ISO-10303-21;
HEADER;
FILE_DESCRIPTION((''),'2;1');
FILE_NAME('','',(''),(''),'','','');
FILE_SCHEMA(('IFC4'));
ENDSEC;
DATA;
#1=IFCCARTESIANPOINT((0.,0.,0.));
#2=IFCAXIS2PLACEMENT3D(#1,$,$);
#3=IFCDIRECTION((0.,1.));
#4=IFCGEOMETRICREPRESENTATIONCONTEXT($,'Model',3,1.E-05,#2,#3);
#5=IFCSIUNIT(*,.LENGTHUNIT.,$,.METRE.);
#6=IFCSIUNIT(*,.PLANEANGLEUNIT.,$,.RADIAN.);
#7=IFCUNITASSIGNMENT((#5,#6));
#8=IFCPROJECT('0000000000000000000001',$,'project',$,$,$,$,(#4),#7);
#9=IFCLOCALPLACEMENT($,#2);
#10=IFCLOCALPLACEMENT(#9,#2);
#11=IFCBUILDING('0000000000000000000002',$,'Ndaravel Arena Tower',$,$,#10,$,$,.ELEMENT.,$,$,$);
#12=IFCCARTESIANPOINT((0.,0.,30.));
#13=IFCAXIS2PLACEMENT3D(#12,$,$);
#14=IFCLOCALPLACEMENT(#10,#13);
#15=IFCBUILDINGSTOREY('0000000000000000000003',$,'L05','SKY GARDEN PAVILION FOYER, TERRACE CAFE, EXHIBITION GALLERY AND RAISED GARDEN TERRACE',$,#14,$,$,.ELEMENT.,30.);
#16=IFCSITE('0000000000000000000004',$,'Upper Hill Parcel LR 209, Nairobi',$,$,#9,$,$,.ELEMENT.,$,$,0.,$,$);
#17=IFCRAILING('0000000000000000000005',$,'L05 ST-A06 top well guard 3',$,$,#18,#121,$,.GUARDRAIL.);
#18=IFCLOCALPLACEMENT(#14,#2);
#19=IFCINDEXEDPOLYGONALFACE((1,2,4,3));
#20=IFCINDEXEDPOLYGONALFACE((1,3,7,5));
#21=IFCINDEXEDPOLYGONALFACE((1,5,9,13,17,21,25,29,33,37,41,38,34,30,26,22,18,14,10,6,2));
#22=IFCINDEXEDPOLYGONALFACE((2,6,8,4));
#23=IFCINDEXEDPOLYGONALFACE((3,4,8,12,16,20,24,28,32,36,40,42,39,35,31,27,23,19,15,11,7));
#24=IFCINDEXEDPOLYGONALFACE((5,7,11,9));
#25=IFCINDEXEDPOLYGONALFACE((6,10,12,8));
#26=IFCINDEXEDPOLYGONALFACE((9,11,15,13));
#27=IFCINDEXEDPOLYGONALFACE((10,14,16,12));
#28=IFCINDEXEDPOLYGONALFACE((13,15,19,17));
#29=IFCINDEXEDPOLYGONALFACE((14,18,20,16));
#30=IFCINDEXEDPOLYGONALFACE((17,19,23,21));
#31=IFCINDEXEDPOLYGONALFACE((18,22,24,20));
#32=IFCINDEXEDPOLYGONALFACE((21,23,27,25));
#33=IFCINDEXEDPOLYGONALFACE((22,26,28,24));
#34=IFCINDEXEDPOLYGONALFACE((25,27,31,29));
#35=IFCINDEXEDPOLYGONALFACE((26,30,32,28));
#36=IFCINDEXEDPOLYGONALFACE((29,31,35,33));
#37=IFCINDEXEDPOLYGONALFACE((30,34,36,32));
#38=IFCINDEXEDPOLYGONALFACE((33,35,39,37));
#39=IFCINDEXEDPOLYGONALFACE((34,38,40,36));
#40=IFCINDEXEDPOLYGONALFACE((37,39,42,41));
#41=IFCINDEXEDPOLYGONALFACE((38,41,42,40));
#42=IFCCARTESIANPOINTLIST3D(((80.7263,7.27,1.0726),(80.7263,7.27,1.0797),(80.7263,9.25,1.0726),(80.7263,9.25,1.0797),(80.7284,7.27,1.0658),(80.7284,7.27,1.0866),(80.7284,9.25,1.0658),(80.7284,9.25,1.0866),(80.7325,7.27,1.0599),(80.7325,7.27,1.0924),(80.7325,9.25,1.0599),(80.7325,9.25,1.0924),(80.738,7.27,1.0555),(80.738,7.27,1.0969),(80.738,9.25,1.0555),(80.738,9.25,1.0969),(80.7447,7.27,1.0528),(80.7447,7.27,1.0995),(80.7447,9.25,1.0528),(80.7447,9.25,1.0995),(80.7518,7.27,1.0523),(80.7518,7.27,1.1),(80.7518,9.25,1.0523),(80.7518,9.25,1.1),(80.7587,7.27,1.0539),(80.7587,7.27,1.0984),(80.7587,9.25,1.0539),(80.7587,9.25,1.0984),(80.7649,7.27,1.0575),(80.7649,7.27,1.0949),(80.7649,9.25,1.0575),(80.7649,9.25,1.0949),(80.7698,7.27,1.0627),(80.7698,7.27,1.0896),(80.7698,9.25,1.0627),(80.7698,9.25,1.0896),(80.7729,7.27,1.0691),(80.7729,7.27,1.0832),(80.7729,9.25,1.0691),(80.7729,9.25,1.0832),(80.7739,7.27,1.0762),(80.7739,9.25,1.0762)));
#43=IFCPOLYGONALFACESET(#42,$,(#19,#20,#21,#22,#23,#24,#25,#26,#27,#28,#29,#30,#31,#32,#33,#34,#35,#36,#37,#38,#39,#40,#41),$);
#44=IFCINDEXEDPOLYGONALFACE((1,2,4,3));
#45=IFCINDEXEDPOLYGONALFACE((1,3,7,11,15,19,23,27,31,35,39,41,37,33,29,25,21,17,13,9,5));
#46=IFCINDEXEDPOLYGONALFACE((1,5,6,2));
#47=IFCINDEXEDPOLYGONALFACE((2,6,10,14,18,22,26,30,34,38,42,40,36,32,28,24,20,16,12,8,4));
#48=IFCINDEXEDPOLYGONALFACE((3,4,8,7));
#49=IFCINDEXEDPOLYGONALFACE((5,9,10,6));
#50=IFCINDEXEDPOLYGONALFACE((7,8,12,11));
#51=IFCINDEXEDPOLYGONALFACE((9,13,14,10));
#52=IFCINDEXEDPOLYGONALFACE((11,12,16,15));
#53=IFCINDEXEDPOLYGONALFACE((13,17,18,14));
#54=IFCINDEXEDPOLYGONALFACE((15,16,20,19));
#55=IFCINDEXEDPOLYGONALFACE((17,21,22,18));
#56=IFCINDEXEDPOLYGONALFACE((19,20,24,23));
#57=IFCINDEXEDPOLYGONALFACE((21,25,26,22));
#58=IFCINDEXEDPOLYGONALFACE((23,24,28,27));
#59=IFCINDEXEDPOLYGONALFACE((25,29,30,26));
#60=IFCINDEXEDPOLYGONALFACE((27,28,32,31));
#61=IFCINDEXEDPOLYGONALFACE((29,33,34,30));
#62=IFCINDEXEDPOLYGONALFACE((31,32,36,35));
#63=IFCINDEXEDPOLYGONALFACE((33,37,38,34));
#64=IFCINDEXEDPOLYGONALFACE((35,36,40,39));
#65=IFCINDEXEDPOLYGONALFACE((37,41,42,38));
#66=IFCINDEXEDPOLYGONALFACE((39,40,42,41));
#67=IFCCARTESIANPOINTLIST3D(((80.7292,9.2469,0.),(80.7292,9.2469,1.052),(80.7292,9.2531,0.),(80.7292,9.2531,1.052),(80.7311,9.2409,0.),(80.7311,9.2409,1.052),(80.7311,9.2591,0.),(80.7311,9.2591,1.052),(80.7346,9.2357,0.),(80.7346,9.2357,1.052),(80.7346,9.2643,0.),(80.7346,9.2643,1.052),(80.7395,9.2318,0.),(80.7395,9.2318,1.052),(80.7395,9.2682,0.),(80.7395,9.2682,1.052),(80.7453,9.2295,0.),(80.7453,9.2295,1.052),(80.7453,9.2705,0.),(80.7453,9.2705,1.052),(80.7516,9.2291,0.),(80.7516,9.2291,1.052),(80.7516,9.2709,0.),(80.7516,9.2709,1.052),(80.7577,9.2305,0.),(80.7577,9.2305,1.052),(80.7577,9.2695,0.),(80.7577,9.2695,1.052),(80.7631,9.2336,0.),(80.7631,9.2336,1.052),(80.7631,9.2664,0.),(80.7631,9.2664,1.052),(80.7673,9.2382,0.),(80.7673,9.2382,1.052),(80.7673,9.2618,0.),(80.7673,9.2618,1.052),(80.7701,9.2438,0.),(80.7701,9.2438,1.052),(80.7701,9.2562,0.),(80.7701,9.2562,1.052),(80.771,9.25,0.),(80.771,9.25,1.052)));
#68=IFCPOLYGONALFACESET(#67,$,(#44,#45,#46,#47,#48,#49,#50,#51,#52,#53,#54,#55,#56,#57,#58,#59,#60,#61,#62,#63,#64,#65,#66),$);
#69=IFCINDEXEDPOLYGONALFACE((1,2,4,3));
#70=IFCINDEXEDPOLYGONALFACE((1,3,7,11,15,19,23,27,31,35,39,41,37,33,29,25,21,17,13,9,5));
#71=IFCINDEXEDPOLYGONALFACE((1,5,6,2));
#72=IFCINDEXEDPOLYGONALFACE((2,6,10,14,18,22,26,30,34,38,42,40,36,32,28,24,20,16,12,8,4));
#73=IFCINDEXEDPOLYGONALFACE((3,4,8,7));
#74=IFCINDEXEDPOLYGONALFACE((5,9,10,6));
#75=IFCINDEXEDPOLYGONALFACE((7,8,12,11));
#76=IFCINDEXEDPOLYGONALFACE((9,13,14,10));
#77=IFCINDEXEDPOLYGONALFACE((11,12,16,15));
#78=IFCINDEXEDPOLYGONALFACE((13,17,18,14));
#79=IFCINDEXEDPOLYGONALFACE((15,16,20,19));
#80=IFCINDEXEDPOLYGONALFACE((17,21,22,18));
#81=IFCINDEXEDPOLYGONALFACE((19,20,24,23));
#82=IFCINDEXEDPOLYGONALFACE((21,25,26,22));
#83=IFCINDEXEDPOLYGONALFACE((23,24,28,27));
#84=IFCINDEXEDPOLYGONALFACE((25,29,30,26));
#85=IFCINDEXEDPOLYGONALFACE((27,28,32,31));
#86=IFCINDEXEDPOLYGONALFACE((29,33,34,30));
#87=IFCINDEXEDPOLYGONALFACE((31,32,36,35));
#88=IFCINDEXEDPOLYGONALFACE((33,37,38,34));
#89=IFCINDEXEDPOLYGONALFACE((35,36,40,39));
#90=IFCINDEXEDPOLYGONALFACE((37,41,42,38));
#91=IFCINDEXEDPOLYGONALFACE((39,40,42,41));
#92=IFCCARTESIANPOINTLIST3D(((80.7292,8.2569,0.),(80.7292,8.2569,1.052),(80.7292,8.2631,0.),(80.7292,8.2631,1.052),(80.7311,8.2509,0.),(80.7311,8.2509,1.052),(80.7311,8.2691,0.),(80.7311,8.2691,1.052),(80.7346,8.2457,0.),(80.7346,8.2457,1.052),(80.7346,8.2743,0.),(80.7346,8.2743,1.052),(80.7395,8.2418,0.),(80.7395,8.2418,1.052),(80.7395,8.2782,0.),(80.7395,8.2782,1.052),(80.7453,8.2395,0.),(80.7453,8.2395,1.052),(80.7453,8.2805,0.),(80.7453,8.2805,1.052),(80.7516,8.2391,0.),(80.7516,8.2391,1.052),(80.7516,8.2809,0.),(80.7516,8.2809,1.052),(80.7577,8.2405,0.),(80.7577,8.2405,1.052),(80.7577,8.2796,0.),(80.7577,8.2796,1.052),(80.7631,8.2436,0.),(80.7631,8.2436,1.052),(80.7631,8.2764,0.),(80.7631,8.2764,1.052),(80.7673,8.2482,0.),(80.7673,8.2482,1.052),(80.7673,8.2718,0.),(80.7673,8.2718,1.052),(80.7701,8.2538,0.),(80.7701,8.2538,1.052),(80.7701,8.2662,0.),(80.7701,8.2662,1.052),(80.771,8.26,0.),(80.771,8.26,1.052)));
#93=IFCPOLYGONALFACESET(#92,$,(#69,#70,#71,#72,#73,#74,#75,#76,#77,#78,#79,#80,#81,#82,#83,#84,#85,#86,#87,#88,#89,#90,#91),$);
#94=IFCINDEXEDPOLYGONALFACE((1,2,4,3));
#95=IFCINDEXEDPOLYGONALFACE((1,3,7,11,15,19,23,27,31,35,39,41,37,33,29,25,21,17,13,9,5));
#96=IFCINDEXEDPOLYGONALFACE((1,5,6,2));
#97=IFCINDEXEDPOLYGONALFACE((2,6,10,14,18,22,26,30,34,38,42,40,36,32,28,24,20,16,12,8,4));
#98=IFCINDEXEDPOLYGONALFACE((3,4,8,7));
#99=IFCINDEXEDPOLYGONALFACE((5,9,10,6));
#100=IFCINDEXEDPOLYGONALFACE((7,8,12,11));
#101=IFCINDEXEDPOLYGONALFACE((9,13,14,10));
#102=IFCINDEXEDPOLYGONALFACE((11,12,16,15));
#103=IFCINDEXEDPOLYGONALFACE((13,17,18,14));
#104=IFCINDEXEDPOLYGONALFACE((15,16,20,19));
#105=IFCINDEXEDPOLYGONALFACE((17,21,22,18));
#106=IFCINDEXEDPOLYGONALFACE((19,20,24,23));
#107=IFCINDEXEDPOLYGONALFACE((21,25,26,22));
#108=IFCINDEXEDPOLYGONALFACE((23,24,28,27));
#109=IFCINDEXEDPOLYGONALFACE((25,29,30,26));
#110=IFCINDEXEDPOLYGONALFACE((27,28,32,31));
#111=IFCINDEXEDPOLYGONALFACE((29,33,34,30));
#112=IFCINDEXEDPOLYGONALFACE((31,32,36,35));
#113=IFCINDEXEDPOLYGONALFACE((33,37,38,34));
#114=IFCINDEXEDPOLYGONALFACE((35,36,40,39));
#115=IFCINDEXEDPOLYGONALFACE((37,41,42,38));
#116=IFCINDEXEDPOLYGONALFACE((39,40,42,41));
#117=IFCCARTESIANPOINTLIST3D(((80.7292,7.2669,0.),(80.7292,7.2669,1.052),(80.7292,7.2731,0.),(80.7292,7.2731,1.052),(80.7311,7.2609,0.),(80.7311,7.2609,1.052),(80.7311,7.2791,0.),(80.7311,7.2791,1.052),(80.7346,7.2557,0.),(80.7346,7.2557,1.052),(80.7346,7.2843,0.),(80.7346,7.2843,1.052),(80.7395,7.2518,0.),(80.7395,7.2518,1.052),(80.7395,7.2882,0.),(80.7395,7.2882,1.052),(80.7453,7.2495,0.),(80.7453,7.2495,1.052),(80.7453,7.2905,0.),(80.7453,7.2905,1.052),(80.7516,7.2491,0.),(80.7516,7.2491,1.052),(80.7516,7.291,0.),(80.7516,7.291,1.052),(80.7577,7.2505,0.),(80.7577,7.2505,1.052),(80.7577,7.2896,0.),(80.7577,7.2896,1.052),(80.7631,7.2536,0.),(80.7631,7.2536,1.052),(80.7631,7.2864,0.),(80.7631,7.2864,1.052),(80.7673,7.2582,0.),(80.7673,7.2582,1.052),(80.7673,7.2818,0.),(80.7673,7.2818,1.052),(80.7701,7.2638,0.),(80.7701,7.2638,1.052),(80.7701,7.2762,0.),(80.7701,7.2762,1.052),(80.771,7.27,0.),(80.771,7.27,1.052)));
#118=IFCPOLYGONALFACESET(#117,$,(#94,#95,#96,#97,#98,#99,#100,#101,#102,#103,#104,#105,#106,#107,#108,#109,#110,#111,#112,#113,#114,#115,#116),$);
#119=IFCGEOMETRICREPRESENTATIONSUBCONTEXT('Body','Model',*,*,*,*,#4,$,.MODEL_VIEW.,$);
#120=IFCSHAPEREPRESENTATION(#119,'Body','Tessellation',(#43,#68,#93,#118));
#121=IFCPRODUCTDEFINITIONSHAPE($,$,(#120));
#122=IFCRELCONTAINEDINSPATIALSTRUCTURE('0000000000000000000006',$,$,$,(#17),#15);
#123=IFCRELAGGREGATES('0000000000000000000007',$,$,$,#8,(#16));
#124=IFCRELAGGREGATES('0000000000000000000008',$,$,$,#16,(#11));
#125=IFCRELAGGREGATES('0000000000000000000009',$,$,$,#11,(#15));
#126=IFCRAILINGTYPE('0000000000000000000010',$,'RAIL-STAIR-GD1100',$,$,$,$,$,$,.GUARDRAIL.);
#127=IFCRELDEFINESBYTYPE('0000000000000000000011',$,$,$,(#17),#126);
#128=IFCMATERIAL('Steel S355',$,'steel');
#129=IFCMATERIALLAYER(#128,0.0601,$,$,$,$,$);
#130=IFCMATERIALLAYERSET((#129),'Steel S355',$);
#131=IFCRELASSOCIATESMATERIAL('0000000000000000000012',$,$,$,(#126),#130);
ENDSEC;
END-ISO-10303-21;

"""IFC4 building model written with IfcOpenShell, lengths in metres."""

from ifc_helpers import new_model, si_unit, direction, frame, origin, origin_2d, place, context, subcontext, project, spatial, circle, extrude, material, layer, layer_set, type_object, element, save


model = new_model("IFC4")

# Units and contexts
model_context = context("Model", 3, precision=1e-05, world=origin(), true_north=direction((0.0, 1.0)))
body_context = subcontext(model_context, "Body", "Model", "MODEL_VIEW")
ifc_project = project(units=[si_unit("LENGTHUNIT", "METRE"), si_unit("PLANEANGLEUNIT", "RADIAN")], contexts=[model_context])

# Site, building, storey
site_placement = place(None, origin())
site = spatial("IfcSite", under=ifc_project, at=site_placement, Name="Upper Hill Parcel LR 209, Nairobi", CompositionType="ELEMENT", RefElevation=0.0)
building_placement = place(site_placement, origin())
building = spatial("IfcBuilding", under=site, at=building_placement, Name="Ndaravel Arena Tower", CompositionType="ELEMENT")
storey_placement = place(building_placement, frame((0.0, 0.0, 30.0)))
storey = spatial("IfcBuildingStorey", under=building, at=storey_placement, Name="L05", Description="SKY GARDEN PAVILION FOYER, TERRACE CAFE, EXHIBITION GALLERY AND RAISED GARDEN TERRACE", CompositionType="ELEMENT", Elevation=30.0)

# Railing
ifc_material_1 = material(Name="Steel S355", Category="steel")
ifc_layer_1 = layer(ifc_material_1, 0.0601)
ifc_layer_set_1 = layer_set([ifc_layer_1], Name="Steel S355")
railing_type_1 = type_object("IfcRailingType", Name="RAIL-STAIR-GD1100", PredefinedType="GUARDRAIL", material=ifc_layer_set_1)
for number, where, name in (
    (1, (80.75, 9.25, 0.0), "L05 ST-A06 top well guard 3"),
):
    element("IfcRailing", number, at=place(storey_placement, frame(where)), inside=storey, type_object=railing_type_1, Name=name, PredefinedType="GUARDRAIL", context=body_context, shape_type="SweptSolid", body=[
        extrude(circle(Radius=0.0239, at=origin_2d()), frame((0.0, 0.0, 1.0762), z_axis=(0.0, -1.0, 0.0), x_axis=(1.0, 0.0, 0.0)), (0.0, 0.0, 1.0), 1.98),
        extrude(circle(Radius=0.021, at=origin_2d()), origin(), (0.0, 0.0, 1.0), 1.052),
        extrude(circle(Radius=0.021, at=origin_2d()), frame((0.0, -0.99, 0.0)), (0.0, 0.0, 1.0), 1.052),
        extrude(circle(Radius=0.021, at=origin_2d()), frame((0.0, -1.98, 0.0)), (0.0, 0.0, 1.0), 1.052),
    ])

save(model, "model.ifc")
